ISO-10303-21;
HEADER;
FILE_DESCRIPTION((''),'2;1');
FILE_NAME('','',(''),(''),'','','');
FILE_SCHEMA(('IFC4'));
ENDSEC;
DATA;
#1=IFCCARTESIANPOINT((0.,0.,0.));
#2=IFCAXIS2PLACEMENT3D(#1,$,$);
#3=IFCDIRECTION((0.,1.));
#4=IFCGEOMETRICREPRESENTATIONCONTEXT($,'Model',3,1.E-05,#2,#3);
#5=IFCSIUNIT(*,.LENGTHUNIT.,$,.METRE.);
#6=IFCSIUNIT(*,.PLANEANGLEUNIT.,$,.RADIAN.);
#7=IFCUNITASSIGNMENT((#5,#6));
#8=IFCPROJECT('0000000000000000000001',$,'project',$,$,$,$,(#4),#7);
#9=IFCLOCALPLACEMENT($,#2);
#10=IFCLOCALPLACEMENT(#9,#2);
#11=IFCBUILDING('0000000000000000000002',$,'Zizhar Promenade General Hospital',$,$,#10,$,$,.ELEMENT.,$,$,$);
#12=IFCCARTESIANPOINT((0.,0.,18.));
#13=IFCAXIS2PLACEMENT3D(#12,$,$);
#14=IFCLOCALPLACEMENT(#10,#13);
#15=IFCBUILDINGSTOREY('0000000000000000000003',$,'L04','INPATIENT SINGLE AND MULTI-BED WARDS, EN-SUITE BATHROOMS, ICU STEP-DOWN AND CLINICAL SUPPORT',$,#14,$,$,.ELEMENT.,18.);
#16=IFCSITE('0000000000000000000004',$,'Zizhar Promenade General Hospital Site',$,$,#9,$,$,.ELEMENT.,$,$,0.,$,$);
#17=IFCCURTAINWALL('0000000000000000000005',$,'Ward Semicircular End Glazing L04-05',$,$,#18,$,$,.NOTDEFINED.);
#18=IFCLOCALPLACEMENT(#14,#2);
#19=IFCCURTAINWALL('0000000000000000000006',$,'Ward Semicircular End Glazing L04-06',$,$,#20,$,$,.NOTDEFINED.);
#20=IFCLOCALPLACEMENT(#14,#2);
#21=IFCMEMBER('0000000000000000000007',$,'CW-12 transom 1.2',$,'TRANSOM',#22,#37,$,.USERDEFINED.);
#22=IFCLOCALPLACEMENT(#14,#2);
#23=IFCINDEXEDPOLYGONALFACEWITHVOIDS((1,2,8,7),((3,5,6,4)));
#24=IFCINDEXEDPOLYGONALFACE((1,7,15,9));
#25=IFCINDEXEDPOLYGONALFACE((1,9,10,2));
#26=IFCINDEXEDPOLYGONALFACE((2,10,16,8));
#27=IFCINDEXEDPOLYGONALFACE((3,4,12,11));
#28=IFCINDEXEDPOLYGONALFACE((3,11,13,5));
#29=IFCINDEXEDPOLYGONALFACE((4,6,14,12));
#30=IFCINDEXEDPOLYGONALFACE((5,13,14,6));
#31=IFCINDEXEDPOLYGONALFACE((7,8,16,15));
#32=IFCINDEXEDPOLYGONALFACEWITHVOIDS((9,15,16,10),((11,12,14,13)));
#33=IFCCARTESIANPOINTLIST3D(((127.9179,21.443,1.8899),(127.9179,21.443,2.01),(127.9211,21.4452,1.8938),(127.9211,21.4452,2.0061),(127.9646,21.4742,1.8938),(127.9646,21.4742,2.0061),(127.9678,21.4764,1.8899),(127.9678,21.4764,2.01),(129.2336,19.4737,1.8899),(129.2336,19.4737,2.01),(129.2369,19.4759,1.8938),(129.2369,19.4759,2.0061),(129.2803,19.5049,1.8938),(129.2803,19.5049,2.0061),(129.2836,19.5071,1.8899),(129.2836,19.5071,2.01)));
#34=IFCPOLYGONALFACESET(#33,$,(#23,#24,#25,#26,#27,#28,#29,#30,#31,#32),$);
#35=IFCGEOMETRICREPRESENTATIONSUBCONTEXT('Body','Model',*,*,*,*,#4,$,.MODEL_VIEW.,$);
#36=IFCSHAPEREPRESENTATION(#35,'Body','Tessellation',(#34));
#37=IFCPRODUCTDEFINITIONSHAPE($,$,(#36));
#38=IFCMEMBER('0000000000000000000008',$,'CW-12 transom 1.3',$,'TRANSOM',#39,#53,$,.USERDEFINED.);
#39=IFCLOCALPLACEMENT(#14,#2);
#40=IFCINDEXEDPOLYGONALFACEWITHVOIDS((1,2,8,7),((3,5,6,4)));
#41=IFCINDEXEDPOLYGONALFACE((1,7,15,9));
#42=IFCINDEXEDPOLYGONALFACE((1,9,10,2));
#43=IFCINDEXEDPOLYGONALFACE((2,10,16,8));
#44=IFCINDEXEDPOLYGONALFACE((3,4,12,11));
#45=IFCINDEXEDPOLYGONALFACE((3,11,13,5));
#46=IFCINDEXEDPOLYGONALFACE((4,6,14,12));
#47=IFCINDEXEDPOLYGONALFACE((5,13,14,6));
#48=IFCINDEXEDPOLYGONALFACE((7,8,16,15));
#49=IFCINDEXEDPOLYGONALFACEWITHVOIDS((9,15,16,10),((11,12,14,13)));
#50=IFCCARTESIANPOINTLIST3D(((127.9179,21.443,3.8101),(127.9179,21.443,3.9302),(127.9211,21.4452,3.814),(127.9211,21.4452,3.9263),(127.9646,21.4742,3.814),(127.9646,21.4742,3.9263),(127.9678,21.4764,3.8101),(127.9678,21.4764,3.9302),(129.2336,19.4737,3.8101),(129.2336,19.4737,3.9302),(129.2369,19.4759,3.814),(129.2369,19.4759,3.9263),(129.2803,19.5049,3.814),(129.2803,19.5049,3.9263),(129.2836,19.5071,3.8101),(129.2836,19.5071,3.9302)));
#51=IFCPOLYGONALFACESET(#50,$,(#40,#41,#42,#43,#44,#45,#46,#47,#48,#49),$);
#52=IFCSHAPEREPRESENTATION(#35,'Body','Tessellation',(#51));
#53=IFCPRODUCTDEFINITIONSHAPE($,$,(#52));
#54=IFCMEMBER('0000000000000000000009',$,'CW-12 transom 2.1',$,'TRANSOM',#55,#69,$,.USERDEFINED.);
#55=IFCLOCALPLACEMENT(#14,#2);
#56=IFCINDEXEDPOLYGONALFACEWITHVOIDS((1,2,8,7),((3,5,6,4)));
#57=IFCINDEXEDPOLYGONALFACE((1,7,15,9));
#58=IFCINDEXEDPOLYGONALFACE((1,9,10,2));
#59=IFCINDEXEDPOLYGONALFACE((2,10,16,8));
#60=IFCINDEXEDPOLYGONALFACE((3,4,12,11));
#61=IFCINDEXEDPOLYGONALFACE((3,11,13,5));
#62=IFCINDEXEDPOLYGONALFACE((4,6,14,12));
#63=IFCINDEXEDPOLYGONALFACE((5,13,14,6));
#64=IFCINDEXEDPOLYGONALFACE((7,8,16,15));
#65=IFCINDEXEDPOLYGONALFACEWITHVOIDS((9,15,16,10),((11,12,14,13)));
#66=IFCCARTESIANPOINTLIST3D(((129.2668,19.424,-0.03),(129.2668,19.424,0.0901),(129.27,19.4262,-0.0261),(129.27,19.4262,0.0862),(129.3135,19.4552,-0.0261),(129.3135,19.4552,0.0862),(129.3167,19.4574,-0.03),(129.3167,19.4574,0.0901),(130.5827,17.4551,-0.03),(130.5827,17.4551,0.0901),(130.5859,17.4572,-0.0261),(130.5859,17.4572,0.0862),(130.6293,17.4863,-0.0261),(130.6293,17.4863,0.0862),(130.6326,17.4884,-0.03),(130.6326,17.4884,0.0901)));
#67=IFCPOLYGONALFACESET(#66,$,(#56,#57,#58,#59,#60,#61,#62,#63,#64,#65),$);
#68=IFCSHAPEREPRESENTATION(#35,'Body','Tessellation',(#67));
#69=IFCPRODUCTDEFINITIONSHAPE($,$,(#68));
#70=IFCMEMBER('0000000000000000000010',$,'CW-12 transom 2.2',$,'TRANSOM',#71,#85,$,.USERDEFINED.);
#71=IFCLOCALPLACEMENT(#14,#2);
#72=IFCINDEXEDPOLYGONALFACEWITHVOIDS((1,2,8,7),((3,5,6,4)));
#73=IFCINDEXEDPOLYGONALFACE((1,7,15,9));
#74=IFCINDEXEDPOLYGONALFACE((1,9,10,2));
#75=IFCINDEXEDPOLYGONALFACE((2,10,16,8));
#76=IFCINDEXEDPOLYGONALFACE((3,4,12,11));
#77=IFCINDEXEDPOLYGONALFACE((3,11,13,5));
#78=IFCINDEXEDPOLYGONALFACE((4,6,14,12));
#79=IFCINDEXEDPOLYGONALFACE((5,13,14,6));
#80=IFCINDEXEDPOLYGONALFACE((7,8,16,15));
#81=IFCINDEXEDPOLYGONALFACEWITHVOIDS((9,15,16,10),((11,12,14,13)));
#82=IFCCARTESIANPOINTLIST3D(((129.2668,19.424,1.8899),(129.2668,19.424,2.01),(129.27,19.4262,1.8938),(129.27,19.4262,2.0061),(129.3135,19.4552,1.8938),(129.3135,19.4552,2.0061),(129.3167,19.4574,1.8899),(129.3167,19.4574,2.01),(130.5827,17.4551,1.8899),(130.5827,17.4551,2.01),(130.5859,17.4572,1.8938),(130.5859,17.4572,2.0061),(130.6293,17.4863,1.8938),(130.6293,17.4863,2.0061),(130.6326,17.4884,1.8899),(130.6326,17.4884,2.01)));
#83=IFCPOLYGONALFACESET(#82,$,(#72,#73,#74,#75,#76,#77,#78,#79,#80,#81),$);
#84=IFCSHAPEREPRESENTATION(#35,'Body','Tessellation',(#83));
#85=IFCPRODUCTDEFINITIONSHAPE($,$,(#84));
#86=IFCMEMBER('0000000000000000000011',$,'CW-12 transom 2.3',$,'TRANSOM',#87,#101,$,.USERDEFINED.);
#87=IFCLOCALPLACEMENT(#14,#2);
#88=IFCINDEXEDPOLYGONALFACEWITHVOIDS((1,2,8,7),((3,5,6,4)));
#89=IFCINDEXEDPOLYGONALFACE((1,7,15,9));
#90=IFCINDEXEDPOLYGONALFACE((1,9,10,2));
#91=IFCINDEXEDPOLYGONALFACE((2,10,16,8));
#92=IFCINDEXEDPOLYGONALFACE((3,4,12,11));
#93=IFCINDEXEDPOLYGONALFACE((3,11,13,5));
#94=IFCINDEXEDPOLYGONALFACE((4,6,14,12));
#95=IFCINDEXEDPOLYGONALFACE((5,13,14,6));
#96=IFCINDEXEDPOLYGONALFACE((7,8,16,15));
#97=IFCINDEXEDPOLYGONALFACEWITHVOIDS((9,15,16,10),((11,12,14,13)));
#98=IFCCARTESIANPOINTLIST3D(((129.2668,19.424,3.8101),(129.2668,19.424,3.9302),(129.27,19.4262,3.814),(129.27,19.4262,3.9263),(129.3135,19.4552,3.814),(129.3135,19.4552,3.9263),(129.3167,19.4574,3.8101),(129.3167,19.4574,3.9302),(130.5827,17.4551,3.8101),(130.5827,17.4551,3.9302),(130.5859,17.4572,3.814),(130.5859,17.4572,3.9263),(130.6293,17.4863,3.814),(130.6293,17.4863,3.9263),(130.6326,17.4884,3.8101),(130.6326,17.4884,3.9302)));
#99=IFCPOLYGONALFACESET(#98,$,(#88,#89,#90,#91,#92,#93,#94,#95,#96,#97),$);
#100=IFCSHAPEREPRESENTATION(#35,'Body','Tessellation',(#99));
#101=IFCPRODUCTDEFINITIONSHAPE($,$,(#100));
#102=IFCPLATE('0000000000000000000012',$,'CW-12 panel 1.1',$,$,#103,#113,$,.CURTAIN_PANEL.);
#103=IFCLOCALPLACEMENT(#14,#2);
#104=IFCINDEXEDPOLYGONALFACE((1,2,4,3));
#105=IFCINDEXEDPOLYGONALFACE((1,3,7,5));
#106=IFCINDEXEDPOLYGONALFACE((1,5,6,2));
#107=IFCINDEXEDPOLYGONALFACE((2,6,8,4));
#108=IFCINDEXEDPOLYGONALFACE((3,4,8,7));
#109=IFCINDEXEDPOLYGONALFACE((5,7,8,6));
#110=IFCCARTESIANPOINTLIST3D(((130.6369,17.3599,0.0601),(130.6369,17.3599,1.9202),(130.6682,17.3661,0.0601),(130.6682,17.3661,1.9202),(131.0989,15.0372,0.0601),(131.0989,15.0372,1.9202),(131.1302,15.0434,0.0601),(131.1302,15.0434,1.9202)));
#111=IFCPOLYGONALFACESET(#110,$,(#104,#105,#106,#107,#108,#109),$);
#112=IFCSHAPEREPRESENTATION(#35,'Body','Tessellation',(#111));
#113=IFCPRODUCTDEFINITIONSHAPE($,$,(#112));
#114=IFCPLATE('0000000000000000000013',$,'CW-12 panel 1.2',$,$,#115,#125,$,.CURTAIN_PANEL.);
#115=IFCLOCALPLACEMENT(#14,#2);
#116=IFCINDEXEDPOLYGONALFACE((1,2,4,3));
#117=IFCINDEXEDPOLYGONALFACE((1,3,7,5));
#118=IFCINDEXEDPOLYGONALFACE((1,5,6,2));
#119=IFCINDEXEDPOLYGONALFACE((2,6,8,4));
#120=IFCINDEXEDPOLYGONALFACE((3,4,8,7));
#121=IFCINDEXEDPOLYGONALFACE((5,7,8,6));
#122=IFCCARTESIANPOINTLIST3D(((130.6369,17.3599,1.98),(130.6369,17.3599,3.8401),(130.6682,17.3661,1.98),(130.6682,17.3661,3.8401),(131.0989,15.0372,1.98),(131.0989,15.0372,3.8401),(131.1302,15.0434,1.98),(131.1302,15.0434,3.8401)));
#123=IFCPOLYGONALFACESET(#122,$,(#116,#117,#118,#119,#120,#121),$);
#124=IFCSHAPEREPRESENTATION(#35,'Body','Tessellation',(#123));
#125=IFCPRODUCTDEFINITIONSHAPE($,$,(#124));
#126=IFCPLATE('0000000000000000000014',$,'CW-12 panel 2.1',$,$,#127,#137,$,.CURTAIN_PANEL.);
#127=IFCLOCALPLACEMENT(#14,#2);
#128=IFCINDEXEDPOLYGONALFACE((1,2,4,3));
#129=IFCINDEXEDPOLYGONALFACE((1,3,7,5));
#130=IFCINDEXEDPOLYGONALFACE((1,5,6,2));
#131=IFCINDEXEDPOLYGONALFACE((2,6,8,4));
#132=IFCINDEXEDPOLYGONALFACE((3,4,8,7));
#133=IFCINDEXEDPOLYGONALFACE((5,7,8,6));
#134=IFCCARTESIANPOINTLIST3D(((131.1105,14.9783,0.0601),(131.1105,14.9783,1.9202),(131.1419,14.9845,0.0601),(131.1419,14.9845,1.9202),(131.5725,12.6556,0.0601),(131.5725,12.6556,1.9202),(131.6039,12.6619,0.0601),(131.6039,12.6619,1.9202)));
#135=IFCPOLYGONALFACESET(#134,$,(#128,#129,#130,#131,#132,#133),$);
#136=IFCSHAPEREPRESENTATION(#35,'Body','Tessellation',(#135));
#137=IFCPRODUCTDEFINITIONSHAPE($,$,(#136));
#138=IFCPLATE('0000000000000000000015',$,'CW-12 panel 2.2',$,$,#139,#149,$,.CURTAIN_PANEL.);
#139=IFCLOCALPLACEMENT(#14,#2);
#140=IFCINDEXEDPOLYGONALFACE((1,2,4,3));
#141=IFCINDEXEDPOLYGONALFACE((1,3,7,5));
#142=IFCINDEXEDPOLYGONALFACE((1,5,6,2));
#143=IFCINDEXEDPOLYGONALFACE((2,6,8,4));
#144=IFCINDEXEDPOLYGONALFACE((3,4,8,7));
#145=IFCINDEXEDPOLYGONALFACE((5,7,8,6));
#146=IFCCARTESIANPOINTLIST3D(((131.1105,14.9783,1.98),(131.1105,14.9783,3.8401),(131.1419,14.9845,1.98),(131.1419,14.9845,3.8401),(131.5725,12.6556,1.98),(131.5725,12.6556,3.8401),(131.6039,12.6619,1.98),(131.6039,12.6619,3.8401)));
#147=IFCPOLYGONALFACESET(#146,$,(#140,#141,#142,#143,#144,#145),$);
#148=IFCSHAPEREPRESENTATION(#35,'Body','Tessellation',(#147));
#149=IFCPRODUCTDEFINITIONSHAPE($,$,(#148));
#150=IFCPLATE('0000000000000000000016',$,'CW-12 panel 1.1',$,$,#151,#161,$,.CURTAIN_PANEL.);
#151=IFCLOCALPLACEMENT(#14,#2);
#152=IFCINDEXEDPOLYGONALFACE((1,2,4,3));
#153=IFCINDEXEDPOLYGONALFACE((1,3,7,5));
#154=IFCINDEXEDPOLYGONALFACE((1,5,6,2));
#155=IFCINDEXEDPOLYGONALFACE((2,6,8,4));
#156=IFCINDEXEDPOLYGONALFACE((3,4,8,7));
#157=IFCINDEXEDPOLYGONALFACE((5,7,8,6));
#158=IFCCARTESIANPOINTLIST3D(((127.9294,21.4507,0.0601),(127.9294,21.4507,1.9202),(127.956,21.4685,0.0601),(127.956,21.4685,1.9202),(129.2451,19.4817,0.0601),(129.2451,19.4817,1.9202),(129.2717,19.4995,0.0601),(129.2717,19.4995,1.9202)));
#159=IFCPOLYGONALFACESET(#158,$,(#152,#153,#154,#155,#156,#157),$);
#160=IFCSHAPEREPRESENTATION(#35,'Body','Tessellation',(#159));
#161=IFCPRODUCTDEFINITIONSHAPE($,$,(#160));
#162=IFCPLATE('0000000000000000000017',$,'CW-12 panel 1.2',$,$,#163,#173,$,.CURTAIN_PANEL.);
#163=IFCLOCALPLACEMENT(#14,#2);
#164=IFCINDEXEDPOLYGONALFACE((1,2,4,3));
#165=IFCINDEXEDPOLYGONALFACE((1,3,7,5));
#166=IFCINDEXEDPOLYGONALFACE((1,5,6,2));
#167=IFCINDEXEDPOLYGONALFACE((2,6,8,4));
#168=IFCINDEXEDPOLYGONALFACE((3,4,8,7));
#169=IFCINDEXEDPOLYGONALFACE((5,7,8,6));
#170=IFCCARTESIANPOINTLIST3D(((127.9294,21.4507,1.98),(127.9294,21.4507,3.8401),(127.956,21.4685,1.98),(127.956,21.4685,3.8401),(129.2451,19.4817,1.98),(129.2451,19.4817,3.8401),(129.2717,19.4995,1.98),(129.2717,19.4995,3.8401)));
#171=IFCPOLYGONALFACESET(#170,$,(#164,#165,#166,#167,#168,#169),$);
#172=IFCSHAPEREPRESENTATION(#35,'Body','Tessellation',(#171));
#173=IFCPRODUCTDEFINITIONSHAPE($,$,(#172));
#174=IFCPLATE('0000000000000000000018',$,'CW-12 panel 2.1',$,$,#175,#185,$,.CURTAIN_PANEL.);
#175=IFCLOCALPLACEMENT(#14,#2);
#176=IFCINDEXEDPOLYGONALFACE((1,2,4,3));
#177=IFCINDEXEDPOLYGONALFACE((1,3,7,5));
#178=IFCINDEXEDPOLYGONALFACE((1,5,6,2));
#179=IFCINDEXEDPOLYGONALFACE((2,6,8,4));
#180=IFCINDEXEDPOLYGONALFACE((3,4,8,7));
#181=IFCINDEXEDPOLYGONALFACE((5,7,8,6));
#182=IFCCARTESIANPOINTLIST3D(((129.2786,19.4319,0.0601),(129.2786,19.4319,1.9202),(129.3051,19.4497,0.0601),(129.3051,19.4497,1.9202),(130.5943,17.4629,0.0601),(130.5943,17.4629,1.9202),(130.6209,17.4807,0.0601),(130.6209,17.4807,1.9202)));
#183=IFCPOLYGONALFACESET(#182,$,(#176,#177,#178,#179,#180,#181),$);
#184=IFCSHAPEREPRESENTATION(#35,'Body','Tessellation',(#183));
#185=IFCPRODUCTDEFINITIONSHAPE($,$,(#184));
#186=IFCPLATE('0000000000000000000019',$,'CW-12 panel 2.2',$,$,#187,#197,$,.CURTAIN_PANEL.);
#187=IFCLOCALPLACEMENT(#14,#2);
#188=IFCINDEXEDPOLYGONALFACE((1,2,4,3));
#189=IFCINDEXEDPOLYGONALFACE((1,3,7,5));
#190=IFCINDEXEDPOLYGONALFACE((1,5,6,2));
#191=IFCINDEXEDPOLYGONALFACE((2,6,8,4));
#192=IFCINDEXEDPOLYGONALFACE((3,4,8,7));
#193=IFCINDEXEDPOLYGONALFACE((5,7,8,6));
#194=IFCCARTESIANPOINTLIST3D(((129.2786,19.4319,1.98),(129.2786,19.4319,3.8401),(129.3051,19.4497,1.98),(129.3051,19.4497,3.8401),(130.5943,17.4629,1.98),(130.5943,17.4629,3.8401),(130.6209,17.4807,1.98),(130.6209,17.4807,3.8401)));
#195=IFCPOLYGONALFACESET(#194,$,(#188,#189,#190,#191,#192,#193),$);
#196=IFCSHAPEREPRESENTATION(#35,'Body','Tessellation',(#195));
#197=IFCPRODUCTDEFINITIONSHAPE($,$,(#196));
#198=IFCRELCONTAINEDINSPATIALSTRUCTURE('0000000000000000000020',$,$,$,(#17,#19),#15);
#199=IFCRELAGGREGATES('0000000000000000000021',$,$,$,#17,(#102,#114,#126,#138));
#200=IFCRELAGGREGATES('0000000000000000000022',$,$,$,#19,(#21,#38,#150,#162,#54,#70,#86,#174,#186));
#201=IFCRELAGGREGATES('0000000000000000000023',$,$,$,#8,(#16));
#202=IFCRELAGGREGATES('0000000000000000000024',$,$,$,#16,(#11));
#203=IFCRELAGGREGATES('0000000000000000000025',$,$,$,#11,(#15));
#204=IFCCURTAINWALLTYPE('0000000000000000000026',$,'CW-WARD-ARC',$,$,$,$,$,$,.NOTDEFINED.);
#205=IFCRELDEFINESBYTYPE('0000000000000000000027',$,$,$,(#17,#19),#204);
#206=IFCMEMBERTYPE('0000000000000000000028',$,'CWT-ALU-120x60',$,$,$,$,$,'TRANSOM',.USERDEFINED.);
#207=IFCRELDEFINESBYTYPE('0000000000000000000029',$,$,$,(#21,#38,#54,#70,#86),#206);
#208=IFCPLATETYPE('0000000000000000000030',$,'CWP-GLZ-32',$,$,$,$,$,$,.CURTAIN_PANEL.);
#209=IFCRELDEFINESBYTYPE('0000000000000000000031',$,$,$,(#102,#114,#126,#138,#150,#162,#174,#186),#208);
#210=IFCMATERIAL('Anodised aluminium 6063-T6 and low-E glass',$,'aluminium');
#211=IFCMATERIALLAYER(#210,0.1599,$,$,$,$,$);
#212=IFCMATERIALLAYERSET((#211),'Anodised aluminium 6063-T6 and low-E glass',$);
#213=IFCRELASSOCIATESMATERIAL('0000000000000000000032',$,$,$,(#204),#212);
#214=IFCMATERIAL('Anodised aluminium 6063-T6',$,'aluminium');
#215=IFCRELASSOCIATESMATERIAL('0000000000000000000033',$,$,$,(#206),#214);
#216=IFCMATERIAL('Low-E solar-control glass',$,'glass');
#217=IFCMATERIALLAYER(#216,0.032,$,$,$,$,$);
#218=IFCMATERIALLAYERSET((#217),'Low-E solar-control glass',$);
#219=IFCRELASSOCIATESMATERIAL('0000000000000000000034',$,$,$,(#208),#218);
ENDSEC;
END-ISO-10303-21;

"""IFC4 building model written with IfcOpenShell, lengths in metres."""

from ifc_helpers import new_model, si_unit, direction, frame, origin, origin_2d, place, context, subcontext, project, spatial, rectangle, hollow_rectangle, extrude, material, layer, layer_set, material_profile, profile_set, type_object, element, aggregate, save


model = new_model("IFC4")

# Units and contexts
model_context = context("Model", 3, precision=1e-05, world=origin(), true_north=direction((0.0, 1.0)))
body_context = subcontext(model_context, "Body", "Model", "MODEL_VIEW")
ifc_project = project(units=[si_unit("LENGTHUNIT", "METRE"), si_unit("PLANEANGLEUNIT", "RADIAN")], contexts=[model_context])

# Site, building, storey
site_placement = place(None, origin())
site = spatial("IfcSite", under=ifc_project, at=site_placement, Name="Zizhar Promenade General Hospital Site", CompositionType="ELEMENT", RefElevation=0.0)
building_placement = place(site_placement, origin())
building = spatial("IfcBuilding", under=site, at=building_placement, Name="Zizhar Promenade General Hospital", CompositionType="ELEMENT")
storey_placement = place(building_placement, frame((0.0, 0.0, 18.0)))
storey = spatial("IfcBuildingStorey", under=building, at=storey_placement, Name="L04", Description="INPATIENT SINGLE AND MULTI-BED WARDS, EN-SUITE BATHROOMS, ICU STEP-DOWN AND CLINICAL SUPPORT", CompositionType="ELEMENT", Elevation=18.0)

# Shared definitions
ifc_material_1 = material(Name="Anodised aluminium 6063-T6 and low-E glass", Category="aluminium")
ifc_layer_1 = layer(ifc_material_1, 0.1599)
ifc_layer_set_1 = layer_set([ifc_layer_1], Name="Anodised aluminium 6063-T6 and low-E glass")
curtain_wall_type = type_object("IfcCurtainWallType", Name="CW-WARD-ARC", PredefinedType="NOTDEFINED", material=ifc_layer_set_1)

# Curtain walls
curtain_wall_1_placement = place(storey_placement, origin())
curtain_wall_1 = element("IfcCurtainWall", 1, at=curtain_wall_1_placement, inside=storey, type_object=curtain_wall_type, Name="Ward Semicircular End Glazing L04-05", PredefinedType="NOTDEFINED")
curtain_wall_2_placement = place(storey_placement, origin())
curtain_wall_2 = element("IfcCurtainWall", 2, at=curtain_wall_2_placement, inside=storey, type_object=curtain_wall_type, Name="Ward Semicircular End Glazing L04-06", PredefinedType="NOTDEFINED")

# Members
ifc_material_2 = material(Name="Anodised aluminium 6063-T6", Category="aluminium")
ifc_material_profile_1 = material_profile(ifc_material_2, hollow_rectangle(XDim=0.0601, YDim=0.1201, WallThickness=0.0039, at=origin_2d()))
ifc_profile_set_1 = profile_set([ifc_material_profile_1], Name="Anodised aluminium 6063-T6")
member_type_1 = type_object("IfcMemberType", Name="CWT-ALU-120x60", ElementType="TRANSOM", PredefinedType="USERDEFINED", material=ifc_profile_set_1)
member_1_placement = place(storey_placement, frame((127.9429, 21.4597, 1.95), z_axis=(0.555533, -0.831495, 0.0), x_axis=(0.831495, 0.555533, 0.0)))
member_1 = element("IfcMember", 3, at=member_1_placement, type_object=member_type_1, Name="CW-12 transom 1.2", ObjectType="TRANSOM", PredefinedType="USERDEFINED", context=body_context, shape_type="SweptSolid", body=[
    extrude(hollow_rectangle(XDim=0.0601, YDim=0.1201, WallThickness=0.0039, at=origin_2d()), origin(), (0.0, 0.0, 1.0), 2.3684),
])
member_2_placement = place(storey_placement, frame((127.9429, 21.4597, 3.8701), z_axis=(0.555533, -0.831495, 0.0), x_axis=(0.831495, 0.555533, 0.0)))
member_2 = element("IfcMember", 4, at=member_2_placement, type_object=member_type_1, Name="CW-12 transom 1.3", ObjectType="TRANSOM", PredefinedType="USERDEFINED", context=body_context, shape_type="SweptSolid", body=[
    extrude(hollow_rectangle(XDim=0.0601, YDim=0.1201, WallThickness=0.0039, at=origin_2d()), origin(), (0.0, 0.0, 1.0), 2.3684),
])
member_3_placement = place(storey_placement, frame((129.2917, 19.4407, 0.03), z_axis=(0.555651, -0.831415, 0.0), x_axis=(0.831415, 0.555651, 0.0)))
member_3 = element("IfcMember", 5, at=member_3_placement, type_object=member_type_1, Name="CW-12 transom 2.1", ObjectType="TRANSOM", PredefinedType="USERDEFINED", context=body_context, shape_type="SweptSolid", body=[
    extrude(hollow_rectangle(XDim=0.0601, YDim=0.1201, WallThickness=0.0039, at=origin_2d()), origin(), (0.0, 0.0, 1.0), 2.3682),
])
member_4_placement = place(storey_placement, frame((129.2917, 19.4407, 1.95), z_axis=(0.555651, -0.831415, 0.0), x_axis=(0.831415, 0.555651, 0.0)))
member_4 = element("IfcMember", 6, at=member_4_placement, type_object=member_type_1, Name="CW-12 transom 2.2", ObjectType="TRANSOM", PredefinedType="USERDEFINED", context=body_context, shape_type="SweptSolid", body=[
    extrude(hollow_rectangle(XDim=0.0601, YDim=0.1201, WallThickness=0.0039, at=origin_2d()), origin(), (0.0, 0.0, 1.0), 2.3682),
])
member_5_placement = place(storey_placement, frame((129.2917, 19.4407, 3.8701), z_axis=(0.555651, -0.831415, 0.0), x_axis=(0.831415, 0.555651, 0.0)))
member_5 = element("IfcMember", 7, at=member_5_placement, type_object=member_type_1, Name="CW-12 transom 2.3", ObjectType="TRANSOM", PredefinedType="USERDEFINED", context=body_context, shape_type="SweptSolid", body=[
    extrude(hollow_rectangle(XDim=0.0601, YDim=0.1201, WallThickness=0.0039, at=origin_2d()), origin(), (0.0, 0.0, 1.0), 2.3682),
])

# Plates
ifc_material_3 = material(Name="Low-E solar-control glass", Category="glass")
ifc_layer_2 = layer(ifc_material_3, 0.032)
ifc_layer_set_2 = layer_set([ifc_layer_2], Name="Low-E solar-control glass")
plate_type = type_object("IfcPlateType", Name="CWP-GLZ-32", PredefinedType="CURTAIN_PANEL", material=ifc_layer_set_2)
plate_1_placement = place(storey_placement, frame((130.8835, 16.2017, 0.0601), z_axis=(0.0, 0.0, 1.0), x_axis=(0.195087, -0.980786, 0.0)))
plate_1 = element("IfcPlate", 8, at=plate_1_placement, type_object=plate_type, Name="CW-12 panel 1.1", PredefinedType="CURTAIN_PANEL", context=body_context, shape_type="SweptSolid", body=[
    extrude(rectangle(XDim=2.3682, YDim=0.032, at=origin_2d()), origin(), (0.0, 0.0, 1.0), 1.8601),
])
plate_2_placement = place(storey_placement, frame((130.8835, 16.2017, 1.98), z_axis=(0.0, 0.0, 1.0), x_axis=(0.195087, -0.980786, 0.0)))
plate_2 = element("IfcPlate", 9, at=plate_2_placement, type_object=plate_type, Name="CW-12 panel 1.2", PredefinedType="CURTAIN_PANEL", context=body_context, shape_type="SweptSolid", body=[
    extrude(rectangle(XDim=2.3682, YDim=0.032, at=origin_2d()), origin(), (0.0, 0.0, 1.0), 1.8601),
])
plate_3_placement = place(storey_placement, frame((131.3572, 13.8201, 0.0601), z_axis=(0.0, 0.0, 1.0), x_axis=(0.195087, -0.980786, 0.0)))
plate_3 = element("IfcPlate", 10, at=plate_3_placement, type_object=plate_type, Name="CW-12 panel 2.1", PredefinedType="CURTAIN_PANEL", context=body_context, shape_type="SweptSolid", body=[
    extrude(rectangle(XDim=2.3682, YDim=0.032, at=origin_2d()), origin(), (0.0, 0.0, 1.0), 1.8601),
])
plate_4_placement = place(storey_placement, frame((131.3572, 13.8201, 1.98), z_axis=(0.0, 0.0, 1.0), x_axis=(0.195087, -0.980786, 0.0)))
plate_4 = element("IfcPlate", 11, at=plate_4_placement, type_object=plate_type, Name="CW-12 panel 2.2", PredefinedType="CURTAIN_PANEL", context=body_context, shape_type="SweptSolid", body=[
    extrude(rectangle(XDim=2.3682, YDim=0.032, at=origin_2d()), origin(), (0.0, 0.0, 1.0), 1.8601),
])
aggregate(curtain_wall_1, [plate_1, plate_2, plate_3, plate_4])
plate_5_placement = place(storey_placement, frame((128.6006, 20.4751, 0.0601), z_axis=(0.0, 0.0, 1.0), x_axis=(0.555582, -0.831462, 0.0)))
plate_5 = element("IfcPlate", 12, at=plate_5_placement, type_object=plate_type, Name="CW-12 panel 1.1", PredefinedType="CURTAIN_PANEL", context=body_context, shape_type="SweptSolid", body=[
    extrude(rectangle(XDim=2.3682, YDim=0.032, at=origin_2d()), origin(), (0.0, 0.0, 1.0), 1.8601),
])
plate_6_placement = place(storey_placement, frame((128.6006, 20.4751, 1.98), z_axis=(0.0, 0.0, 1.0), x_axis=(0.555582, -0.831462, 0.0)))
plate_6 = element("IfcPlate", 13, at=plate_6_placement, type_object=plate_type, Name="CW-12 panel 1.2", PredefinedType="CURTAIN_PANEL", context=body_context, shape_type="SweptSolid", body=[
    extrude(rectangle(XDim=2.3682, YDim=0.032, at=origin_2d()), origin(), (0.0, 0.0, 1.0), 1.8601),
])
plate_7_placement = place(storey_placement, frame((129.9497, 18.4563, 0.0601), z_axis=(0.0, 0.0, 1.0), x_axis=(0.555582, -0.831462, 0.0)))
plate_7 = element("IfcPlate", 14, at=plate_7_placement, type_object=plate_type, Name="CW-12 panel 2.1", PredefinedType="CURTAIN_PANEL", context=body_context, shape_type="SweptSolid", body=[
    extrude(rectangle(XDim=2.3682, YDim=0.032, at=origin_2d()), origin(), (0.0, 0.0, 1.0), 1.8601),
])
plate_8_placement = place(storey_placement, frame((129.9497, 18.4563, 1.98), z_axis=(0.0, 0.0, 1.0), x_axis=(0.555582, -0.831462, 0.0)))
plate_8 = element("IfcPlate", 15, at=plate_8_placement, type_object=plate_type, Name="CW-12 panel 2.2", PredefinedType="CURTAIN_PANEL", context=body_context, shape_type="SweptSolid", body=[
    extrude(rectangle(XDim=2.3682, YDim=0.032, at=origin_2d()), origin(), (0.0, 0.0, 1.0), 1.8601),
])
aggregate(curtain_wall_2, [member_1, member_2, plate_5, plate_6, member_3, member_4, member_5, plate_7, plate_8])

save(model, "model.ifc")
